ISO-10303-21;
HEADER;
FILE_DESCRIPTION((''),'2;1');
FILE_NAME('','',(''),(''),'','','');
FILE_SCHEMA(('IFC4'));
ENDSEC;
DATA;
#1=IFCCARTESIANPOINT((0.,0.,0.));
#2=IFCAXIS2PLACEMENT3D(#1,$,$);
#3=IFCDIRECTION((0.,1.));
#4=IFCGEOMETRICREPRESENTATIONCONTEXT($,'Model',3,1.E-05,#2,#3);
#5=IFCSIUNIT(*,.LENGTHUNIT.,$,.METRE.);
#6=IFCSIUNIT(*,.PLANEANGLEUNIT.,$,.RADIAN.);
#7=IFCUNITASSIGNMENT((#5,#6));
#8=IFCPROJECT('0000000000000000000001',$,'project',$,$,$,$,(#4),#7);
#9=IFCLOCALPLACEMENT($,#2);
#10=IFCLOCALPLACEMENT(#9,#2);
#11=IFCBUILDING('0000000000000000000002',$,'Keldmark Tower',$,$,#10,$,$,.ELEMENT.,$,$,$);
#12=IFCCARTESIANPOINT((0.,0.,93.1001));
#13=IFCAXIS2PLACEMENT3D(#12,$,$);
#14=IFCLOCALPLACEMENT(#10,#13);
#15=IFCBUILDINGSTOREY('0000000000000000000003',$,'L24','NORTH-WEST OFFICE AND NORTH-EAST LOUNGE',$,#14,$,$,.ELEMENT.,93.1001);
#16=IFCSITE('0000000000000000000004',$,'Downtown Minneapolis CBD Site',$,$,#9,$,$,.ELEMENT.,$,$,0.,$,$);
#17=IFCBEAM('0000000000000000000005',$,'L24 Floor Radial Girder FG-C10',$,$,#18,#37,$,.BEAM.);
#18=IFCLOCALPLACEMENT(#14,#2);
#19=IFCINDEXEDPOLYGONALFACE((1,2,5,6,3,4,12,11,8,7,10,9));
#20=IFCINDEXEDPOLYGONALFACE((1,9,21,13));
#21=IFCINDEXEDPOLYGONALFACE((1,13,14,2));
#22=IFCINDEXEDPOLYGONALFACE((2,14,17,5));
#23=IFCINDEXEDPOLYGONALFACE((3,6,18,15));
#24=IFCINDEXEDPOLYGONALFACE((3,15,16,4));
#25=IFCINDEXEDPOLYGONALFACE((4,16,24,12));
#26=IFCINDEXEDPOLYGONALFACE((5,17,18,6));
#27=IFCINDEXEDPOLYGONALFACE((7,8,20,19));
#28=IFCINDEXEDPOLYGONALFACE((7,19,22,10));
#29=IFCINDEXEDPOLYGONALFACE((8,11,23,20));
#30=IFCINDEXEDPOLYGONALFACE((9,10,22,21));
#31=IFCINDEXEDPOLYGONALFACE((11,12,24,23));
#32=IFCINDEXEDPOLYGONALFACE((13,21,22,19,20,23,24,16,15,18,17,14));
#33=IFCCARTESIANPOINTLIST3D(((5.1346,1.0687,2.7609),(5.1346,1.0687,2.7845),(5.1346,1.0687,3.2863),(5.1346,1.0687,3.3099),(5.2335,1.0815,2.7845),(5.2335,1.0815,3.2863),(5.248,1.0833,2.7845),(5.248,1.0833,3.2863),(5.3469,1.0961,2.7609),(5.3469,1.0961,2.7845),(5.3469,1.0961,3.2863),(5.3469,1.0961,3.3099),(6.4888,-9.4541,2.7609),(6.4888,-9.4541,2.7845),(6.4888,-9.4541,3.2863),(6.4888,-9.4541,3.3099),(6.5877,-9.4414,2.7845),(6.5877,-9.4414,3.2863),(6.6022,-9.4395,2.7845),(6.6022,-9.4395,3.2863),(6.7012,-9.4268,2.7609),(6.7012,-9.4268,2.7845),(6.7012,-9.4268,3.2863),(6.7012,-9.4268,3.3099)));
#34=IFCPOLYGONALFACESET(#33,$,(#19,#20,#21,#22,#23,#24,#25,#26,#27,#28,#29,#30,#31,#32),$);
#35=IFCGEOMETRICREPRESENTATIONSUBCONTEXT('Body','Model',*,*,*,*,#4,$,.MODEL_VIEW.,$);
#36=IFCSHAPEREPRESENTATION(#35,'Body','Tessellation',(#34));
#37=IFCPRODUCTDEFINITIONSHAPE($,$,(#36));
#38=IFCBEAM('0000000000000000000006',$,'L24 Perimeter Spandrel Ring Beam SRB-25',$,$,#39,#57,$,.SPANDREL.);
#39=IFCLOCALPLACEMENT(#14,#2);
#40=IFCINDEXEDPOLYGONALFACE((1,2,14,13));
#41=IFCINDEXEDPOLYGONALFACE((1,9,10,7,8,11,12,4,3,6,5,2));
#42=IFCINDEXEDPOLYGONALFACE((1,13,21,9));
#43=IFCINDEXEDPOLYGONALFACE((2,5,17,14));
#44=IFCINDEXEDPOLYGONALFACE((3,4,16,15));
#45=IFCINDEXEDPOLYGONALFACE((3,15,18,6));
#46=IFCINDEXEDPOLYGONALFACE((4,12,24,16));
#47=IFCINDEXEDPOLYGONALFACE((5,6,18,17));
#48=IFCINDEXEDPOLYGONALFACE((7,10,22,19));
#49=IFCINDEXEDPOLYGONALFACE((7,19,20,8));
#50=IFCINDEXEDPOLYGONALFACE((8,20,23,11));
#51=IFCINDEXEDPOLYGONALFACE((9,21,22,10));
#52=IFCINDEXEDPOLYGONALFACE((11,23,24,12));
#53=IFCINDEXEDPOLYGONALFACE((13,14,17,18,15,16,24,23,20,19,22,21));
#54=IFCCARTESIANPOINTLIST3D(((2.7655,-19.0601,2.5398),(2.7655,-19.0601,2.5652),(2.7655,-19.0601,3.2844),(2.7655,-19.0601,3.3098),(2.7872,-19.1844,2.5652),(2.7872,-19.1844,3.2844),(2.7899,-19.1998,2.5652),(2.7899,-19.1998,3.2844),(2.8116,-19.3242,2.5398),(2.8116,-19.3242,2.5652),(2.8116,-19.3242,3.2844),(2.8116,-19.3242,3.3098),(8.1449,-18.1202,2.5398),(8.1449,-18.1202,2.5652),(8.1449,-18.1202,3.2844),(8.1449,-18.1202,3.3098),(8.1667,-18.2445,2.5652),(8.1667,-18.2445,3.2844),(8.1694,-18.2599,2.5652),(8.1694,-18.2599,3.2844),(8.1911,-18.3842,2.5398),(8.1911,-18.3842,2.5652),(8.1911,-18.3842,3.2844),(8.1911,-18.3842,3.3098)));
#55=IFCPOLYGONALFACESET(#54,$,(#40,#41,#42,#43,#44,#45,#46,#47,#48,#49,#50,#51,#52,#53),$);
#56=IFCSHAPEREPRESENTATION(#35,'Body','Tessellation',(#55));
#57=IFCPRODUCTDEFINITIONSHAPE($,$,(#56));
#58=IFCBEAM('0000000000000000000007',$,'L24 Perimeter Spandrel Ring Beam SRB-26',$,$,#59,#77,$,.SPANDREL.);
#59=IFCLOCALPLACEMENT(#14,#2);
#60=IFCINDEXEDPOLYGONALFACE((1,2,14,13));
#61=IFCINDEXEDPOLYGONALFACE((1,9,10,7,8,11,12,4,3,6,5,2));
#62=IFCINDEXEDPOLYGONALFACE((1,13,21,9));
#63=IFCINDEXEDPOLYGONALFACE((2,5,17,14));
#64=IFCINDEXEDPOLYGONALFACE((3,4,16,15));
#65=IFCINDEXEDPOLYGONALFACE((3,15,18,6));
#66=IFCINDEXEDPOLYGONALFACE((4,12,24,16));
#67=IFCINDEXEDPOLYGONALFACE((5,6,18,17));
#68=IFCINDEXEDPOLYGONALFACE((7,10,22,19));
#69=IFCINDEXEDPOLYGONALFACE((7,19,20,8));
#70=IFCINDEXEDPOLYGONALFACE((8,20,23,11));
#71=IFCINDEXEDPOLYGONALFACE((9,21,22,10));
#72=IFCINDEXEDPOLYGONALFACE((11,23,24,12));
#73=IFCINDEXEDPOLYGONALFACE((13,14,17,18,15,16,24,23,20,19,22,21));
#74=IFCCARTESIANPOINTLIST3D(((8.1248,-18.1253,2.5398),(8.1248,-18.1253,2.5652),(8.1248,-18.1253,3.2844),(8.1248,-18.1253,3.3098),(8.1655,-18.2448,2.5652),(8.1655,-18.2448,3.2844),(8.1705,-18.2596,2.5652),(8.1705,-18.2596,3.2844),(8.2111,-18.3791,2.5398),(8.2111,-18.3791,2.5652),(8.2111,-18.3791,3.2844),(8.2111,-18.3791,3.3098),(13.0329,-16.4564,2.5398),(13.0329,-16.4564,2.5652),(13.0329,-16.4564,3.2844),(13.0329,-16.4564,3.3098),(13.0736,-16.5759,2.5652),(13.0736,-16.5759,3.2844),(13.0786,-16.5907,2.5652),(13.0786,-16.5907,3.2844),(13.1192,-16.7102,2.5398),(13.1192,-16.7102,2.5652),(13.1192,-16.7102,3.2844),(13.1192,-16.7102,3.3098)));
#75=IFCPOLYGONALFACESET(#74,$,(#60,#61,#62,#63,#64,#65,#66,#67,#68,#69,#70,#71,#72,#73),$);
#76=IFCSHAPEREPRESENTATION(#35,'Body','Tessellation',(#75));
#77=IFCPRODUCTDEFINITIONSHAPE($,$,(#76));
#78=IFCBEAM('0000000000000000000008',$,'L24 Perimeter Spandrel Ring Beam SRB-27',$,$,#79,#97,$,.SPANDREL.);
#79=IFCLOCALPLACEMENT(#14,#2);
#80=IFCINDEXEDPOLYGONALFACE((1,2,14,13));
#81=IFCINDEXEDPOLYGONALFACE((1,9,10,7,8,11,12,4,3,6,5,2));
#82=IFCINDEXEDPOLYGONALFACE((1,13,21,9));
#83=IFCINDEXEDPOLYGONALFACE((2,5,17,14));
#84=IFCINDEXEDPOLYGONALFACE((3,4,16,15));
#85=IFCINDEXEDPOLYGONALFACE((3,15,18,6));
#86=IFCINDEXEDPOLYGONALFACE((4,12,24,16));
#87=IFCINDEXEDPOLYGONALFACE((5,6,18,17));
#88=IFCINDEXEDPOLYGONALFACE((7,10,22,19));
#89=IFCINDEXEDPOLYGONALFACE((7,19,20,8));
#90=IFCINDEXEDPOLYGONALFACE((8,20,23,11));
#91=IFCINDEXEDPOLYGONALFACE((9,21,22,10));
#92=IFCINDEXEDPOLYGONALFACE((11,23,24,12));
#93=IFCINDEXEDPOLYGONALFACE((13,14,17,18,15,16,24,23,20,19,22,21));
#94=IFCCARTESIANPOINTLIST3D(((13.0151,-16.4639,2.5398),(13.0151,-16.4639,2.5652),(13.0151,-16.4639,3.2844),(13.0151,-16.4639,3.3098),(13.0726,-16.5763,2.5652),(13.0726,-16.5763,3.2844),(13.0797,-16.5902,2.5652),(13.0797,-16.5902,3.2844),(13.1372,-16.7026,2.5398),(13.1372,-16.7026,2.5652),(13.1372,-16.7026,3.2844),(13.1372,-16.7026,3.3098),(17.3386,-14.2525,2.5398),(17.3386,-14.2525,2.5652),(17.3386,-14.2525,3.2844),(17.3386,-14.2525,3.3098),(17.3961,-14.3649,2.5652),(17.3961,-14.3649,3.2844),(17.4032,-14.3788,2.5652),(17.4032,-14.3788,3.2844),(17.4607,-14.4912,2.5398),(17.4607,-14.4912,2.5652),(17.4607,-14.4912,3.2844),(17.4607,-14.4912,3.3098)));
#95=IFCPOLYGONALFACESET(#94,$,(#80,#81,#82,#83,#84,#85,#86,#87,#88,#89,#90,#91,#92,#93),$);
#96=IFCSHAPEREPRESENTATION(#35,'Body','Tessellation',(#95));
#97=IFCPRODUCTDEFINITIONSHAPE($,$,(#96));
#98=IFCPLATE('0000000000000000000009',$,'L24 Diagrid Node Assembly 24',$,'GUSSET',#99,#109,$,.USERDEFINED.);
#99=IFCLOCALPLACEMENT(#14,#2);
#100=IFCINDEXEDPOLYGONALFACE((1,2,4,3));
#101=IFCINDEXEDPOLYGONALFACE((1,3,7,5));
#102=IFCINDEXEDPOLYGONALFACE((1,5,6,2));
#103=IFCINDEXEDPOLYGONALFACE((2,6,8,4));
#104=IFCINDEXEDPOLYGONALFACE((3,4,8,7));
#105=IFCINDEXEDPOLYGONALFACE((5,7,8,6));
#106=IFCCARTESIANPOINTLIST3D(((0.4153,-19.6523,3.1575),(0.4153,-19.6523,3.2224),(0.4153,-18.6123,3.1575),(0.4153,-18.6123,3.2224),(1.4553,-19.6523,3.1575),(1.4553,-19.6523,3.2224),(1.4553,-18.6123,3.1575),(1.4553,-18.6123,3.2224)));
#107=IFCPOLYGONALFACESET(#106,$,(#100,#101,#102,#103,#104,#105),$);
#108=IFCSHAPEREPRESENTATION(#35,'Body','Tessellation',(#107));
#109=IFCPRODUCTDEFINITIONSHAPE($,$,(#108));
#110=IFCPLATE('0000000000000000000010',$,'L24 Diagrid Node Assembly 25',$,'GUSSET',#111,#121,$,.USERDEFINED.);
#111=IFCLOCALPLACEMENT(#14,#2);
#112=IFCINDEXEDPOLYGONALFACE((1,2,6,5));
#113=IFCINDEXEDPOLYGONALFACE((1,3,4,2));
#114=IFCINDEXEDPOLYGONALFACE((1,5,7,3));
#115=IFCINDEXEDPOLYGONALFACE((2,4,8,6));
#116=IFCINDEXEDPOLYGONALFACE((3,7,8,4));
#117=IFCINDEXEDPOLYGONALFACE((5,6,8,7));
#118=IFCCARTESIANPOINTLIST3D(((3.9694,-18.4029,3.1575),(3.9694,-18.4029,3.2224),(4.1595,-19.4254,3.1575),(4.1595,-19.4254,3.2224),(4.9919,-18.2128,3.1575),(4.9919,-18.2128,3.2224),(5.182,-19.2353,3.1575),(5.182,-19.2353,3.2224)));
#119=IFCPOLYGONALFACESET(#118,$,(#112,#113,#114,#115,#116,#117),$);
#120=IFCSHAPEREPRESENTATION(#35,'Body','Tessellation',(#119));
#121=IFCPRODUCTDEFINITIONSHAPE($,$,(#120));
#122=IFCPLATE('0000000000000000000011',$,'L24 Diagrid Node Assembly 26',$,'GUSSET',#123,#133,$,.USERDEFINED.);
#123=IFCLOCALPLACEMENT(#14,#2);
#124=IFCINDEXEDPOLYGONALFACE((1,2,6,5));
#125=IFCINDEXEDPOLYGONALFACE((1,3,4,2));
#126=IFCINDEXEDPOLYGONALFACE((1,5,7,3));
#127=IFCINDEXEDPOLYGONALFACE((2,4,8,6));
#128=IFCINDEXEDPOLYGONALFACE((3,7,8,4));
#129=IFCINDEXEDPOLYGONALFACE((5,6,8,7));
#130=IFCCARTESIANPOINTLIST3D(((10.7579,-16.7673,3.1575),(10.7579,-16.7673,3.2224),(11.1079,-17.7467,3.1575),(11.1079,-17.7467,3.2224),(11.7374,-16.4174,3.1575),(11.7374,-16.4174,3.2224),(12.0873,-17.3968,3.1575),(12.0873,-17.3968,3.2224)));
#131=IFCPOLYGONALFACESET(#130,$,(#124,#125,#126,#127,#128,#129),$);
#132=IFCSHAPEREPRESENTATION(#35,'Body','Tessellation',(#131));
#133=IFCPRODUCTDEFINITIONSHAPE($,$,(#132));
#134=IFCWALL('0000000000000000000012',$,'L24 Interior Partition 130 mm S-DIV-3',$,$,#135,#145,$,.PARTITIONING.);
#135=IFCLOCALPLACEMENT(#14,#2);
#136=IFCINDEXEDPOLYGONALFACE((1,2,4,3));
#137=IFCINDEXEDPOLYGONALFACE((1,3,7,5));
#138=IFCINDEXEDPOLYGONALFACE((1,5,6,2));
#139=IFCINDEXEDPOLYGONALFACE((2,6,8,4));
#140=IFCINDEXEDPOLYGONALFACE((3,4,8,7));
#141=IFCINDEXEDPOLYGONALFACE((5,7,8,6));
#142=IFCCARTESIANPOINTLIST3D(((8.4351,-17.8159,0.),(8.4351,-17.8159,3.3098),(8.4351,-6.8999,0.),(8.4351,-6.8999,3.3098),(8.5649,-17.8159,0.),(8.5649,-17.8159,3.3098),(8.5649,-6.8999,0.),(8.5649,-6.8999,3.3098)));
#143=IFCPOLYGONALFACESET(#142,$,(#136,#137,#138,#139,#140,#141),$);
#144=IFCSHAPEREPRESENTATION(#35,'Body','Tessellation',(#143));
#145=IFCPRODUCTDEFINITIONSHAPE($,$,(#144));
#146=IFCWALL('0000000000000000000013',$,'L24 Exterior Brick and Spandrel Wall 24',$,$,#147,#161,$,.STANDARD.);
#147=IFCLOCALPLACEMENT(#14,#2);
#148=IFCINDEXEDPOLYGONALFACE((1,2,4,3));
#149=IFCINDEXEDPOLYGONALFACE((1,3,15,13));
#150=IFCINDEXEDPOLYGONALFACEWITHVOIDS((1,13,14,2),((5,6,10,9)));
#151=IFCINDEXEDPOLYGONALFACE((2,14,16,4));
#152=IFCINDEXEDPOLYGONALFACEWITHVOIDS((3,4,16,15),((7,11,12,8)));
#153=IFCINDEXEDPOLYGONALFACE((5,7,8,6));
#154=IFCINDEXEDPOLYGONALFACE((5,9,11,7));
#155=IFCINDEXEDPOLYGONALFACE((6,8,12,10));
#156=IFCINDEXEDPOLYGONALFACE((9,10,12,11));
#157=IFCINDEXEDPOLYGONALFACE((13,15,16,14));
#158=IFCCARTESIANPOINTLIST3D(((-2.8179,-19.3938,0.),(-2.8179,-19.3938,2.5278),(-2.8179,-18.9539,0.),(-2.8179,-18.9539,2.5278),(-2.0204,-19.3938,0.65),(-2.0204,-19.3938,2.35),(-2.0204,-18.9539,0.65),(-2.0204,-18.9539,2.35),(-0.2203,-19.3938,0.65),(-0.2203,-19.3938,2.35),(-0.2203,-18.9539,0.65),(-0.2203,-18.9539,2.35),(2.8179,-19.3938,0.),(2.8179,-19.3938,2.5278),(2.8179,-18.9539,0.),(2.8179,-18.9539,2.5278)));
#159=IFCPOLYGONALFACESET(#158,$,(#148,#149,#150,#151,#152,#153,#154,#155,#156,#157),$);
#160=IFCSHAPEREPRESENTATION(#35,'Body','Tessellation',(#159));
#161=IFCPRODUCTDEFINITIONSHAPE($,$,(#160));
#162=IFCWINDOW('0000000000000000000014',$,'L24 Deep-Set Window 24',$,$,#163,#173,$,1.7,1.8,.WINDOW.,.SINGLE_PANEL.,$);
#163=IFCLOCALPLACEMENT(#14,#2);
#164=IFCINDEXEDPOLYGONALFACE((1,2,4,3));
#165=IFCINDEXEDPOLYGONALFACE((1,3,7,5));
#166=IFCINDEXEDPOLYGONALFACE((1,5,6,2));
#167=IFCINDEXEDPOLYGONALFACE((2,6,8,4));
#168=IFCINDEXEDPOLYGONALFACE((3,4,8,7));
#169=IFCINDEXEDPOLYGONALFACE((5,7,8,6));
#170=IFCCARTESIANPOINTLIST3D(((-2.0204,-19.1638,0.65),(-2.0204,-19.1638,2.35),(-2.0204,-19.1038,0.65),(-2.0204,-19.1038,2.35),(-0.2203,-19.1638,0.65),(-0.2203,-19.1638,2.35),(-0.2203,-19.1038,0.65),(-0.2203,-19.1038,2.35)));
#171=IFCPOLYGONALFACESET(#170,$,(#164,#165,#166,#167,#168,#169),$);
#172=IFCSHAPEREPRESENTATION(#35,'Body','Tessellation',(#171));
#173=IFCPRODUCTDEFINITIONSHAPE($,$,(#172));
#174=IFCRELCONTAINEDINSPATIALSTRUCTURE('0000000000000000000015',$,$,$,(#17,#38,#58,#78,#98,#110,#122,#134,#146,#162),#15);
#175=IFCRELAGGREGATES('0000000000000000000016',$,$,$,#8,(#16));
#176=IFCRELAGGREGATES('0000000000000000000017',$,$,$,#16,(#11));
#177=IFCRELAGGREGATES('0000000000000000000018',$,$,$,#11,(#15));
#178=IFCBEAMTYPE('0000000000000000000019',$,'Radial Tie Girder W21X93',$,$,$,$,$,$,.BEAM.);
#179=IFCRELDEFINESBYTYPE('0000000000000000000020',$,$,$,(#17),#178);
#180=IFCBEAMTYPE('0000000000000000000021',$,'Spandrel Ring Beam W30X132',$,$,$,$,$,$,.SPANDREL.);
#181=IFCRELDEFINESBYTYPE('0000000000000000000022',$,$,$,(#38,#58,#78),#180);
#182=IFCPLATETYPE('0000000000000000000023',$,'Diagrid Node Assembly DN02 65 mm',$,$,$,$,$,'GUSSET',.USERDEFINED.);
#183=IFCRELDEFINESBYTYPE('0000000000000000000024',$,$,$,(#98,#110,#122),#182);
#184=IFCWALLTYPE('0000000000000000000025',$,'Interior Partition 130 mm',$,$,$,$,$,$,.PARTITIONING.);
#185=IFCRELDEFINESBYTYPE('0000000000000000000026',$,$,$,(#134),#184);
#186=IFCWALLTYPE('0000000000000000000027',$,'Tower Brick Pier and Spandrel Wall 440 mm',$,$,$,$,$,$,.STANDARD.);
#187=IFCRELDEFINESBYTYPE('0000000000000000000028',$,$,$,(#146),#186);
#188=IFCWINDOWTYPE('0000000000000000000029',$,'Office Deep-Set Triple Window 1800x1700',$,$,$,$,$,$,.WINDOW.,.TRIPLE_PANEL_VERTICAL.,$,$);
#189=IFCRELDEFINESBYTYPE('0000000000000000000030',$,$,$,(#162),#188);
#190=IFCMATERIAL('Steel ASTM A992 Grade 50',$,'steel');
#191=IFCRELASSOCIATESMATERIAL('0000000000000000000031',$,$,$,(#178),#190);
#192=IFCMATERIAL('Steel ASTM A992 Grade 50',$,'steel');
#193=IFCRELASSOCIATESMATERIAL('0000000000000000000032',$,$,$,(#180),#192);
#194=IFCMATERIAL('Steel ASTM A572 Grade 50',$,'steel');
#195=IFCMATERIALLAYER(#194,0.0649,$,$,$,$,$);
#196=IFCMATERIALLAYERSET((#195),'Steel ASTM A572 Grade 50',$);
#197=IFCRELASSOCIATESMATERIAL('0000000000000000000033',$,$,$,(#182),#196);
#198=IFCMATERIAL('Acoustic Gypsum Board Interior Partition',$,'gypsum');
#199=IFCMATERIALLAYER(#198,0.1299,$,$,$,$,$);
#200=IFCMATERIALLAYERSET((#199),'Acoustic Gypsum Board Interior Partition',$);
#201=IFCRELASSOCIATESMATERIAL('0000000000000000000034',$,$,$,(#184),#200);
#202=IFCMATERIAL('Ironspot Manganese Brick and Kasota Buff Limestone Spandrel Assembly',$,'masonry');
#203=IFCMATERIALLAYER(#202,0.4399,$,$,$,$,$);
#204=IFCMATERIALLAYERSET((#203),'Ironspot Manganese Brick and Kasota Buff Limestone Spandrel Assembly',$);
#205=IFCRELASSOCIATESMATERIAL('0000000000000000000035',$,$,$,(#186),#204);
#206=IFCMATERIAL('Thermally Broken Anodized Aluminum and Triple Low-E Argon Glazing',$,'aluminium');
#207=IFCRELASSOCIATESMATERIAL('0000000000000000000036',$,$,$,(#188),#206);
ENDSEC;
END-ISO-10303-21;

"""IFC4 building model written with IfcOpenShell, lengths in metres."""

from ifc_helpers import new_model, si_unit, direction, frame, frame_2d, origin, origin_2d, place, context, subcontext, project, spatial, rectangle, i_section, extrude, material, layer, layer_set, material_profile, profile_set, type_object, element, fill, save


model = new_model("IFC4")

# Units and contexts
model_context = context("Model", 3, precision=1e-05, world=origin(), true_north=direction((0.0, 1.0)))
body_context = subcontext(model_context, "Body", "Model", "MODEL_VIEW")
ifc_project = project(units=[si_unit("LENGTHUNIT", "METRE"), si_unit("PLANEANGLEUNIT", "RADIAN")], contexts=[model_context])

# Site, building, storey
site_placement = place(None, origin())
site = spatial("IfcSite", under=ifc_project, at=site_placement, Name="Downtown Minneapolis CBD Site", CompositionType="ELEMENT", RefElevation=0.0)
building_placement = place(site_placement, origin())
building = spatial("IfcBuilding", under=site, at=building_placement, Name="Keldmark Tower", CompositionType="ELEMENT")
storey_placement = place(building_placement, frame((0.0, 0.0, 93.1001)))
storey = spatial("IfcBuildingStorey", under=building, at=storey_placement, Name="L24", Description="NORTH-WEST OFFICE AND NORTH-EAST LOUNGE", CompositionType="ELEMENT", Elevation=93.1001)

# Beams
ifc_material_1 = material(Name="Steel ASTM A992 Grade 50", Category="steel")
ifc_material_profile_1 = material_profile(ifc_material_1, i_section(OverallWidth=0.2141, OverallDepth=0.5491, WebThickness=0.0146, FlangeThickness=0.0237, at=origin_2d()), Name="W21X93")
ifc_profile_set_1 = profile_set([ifc_material_profile_1], Name="Steel ASTM A992 Grade 50")
beam_type_1 = type_object("IfcBeamType", Name="Radial Tie Girder W21X93", PredefinedType="BEAM", material=ifc_profile_set_1)
beam_1_placement = place(storey_placement, frame((6.595, -9.4404, 3.0354), z_axis=(-0.127642, 0.99182, 0.0), x_axis=(-0.99182, -0.127642, 0.0)))
element("IfcBeam", 1, at=beam_1_placement, inside=storey, type_object=beam_type_1, Name="L24 Floor Radial Girder FG-C10", PredefinedType="BEAM", context=body_context, shape_type="SweptSolid", body=[
    extrude(i_section(OverallWidth=0.2141, OverallDepth=0.5491, WebThickness=0.0146, FlangeThickness=0.0237, at=origin_2d()), origin(), (0.0, 0.0, 1.0), 10.6096),
])
ifc_material_2 = material(Name="Steel ASTM A992 Grade 50", Category="steel")
ifc_material_profile_2 = material_profile(ifc_material_2, i_section(OverallWidth=0.2681, OverallDepth=0.77, WebThickness=0.0156, FlangeThickness=0.0254, at=origin_2d()), Name="W30X132")
ifc_profile_set_2 = profile_set([ifc_material_profile_2], Name="Steel ASTM A992 Grade 50")
beam_type_2 = type_object("IfcBeamType", Name="Spandrel Ring Beam W30X132", PredefinedType="SPANDREL", material=ifc_profile_set_2)
beam_2_placement = place(storey_placement, frame((2.7886, -19.1921, 2.9248), z_axis=(0.985076, 0.172122, 0.0), x_axis=(-0.172122, 0.985076, 0.0)))
element("IfcBeam", 2, at=beam_2_placement, inside=storey, type_object=beam_type_2, Name="L24 Perimeter Spandrel Ring Beam SRB-25", PredefinedType="SPANDREL", context=body_context, shape_type="SweptSolid", body=[
    extrude(i_section(OverallWidth=0.2681, OverallDepth=0.77, WebThickness=0.0156, FlangeThickness=0.0254, at=origin_2d()), origin(), (0.0, 0.0, 1.0), 5.4609),
])
beam_3_placement = place(storey_placement, frame((8.168, -18.2522, 2.9248), z_axis=(0.946764, 0.32193, 0.0), x_axis=(-0.32193, 0.946764, 0.0)))
element("IfcBeam", 3, at=beam_3_placement, inside=storey, type_object=beam_type_2, Name="L24 Perimeter Spandrel Ring Beam SRB-26", PredefinedType="SPANDREL", context=body_context, shape_type="SweptSolid", body=[
    extrude(i_section(OverallWidth=0.2681, OverallDepth=0.77, WebThickness=0.0156, FlangeThickness=0.0254, at=origin_2d()), origin(), (0.0, 0.0, 1.0), 5.1841),
])
beam_4_placement = place(storey_placement, frame((13.0762, -16.5833, 2.9248), z_axis=(0.890297, 0.455379, 0.0), x_axis=(-0.455379, 0.890297, 0.0)))
element("IfcBeam", 4, at=beam_4_placement, inside=storey, type_object=beam_type_2, Name="L24 Perimeter Spandrel Ring Beam SRB-27", PredefinedType="SPANDREL", context=body_context, shape_type="SweptSolid", body=[
    extrude(i_section(OverallWidth=0.2681, OverallDepth=0.77, WebThickness=0.0156, FlangeThickness=0.0254, at=origin_2d()), origin(), (0.0, 0.0, 1.0), 4.8562),
])

# Plates
ifc_material_3 = material(Name="Steel ASTM A572 Grade 50", Category="steel")
ifc_layer_1 = layer(ifc_material_3, 0.0649)
ifc_layer_set_1 = layer_set([ifc_layer_1], Name="Steel ASTM A572 Grade 50")
plate_type = type_object("IfcPlateType", Name="Diagrid Node Assembly DN02 65 mm", ElementType="GUSSET", PredefinedType="USERDEFINED", material=ifc_layer_set_1)
for number, where, z_axis, x_axis, name in (
    (5, (0.9353, -19.1323, 3.1575), (0.0, 0.0, 1.0), (1.0, 0.0, 0.0), "L24 Diagrid Node Assembly 24"),
    (6, (4.5757, -18.8191, 3.1575), (0.0, 0.0, 1.0), (0.983159, 0.18275, 0.0), "L24 Diagrid Node Assembly 25"),
    (7, (11.4226, -17.082, 3.1575), (0.0, 0.0, 1.0), (0.941706, 0.336438, 0.0), "L24 Diagrid Node Assembly 26"),
):
    element("IfcPlate", number, at=place(storey_placement, frame(where, z_axis=z_axis, x_axis=x_axis)), inside=storey, type_object=plate_type, Name=name, ObjectType="GUSSET", PredefinedType="USERDEFINED", context=body_context, shape_type="SweptSolid", body=[
        extrude(rectangle(XDim=1.04, YDim=1.04, at=origin_2d()), origin(), (0.0, 0.0, 1.0), 0.0649),
    ])

# Wall
ifc_material_4 = material(Name="Acoustic Gypsum Board Interior Partition", Category="gypsum")
ifc_layer_2 = layer(ifc_material_4, 0.1299)
ifc_layer_set_2 = layer_set([ifc_layer_2], Name="Acoustic Gypsum Board Interior Partition")
wall_type_1 = type_object("IfcWallType", Name="Interior Partition 130 mm", PredefinedType="PARTITIONING", material=ifc_layer_set_2)
wall_1_placement = place(storey_placement, frame((8.5, -17.8159, 0.0), z_axis=(0.0, 0.0, 1.0), x_axis=(0.0, 1.0, 0.0)))
element("IfcWall", 8, at=wall_1_placement, inside=storey, type_object=wall_type_1, Name="L24 Interior Partition 130 mm S-DIV-3", PredefinedType="PARTITIONING", context=body_context, shape_type="SweptSolid", body=[
    extrude(rectangle(XDim=10.916, YDim=0.1299, at=frame_2d((5.458, 0.0))), origin(), (0.0, 0.0, 1.0), 3.3098),
])

# Wall, opening, window
ifc_material_5 = material(Name="Ironspot Manganese Brick and Kasota Buff Limestone Spandrel Assembly", Category="masonry")
ifc_layer_3 = layer(ifc_material_5, 0.4399)
ifc_layer_set_3 = layer_set([ifc_layer_3], Name="Ironspot Manganese Brick and Kasota Buff Limestone Spandrel Assembly")
wall_type_2 = type_object("IfcWallType", Name="Tower Brick Pier and Spandrel Wall 440 mm", PredefinedType="STANDARD", material=ifc_layer_set_3)
wall_2_placement = place(storey_placement, frame((2.8179, -19.1738, 0.0), z_axis=(0.0, 0.0, 1.0), x_axis=(-1.0, 0.0, 0.0)))
wall_2 = element("IfcWall", 9, at=wall_2_placement, inside=storey, type_object=wall_type_2, Name="L24 Exterior Brick and Spandrel Wall 24", PredefinedType="STANDARD", context=body_context, shape_type="SweptSolid", body=[
    extrude(rectangle(XDim=5.6357, YDim=0.4399, at=frame_2d((2.8179, 0.0))), origin(), (0.0, 0.0, 1.0), 2.5278),
])
opening_1_placement = place(wall_2_placement, frame((3.0383, 0.0, 0.6499)))
opening_1 = element("IfcOpeningElement", 10, at=opening_1_placement, cuts=wall_2, PredefinedType="OPENING", context=body_context, shape_type="SweptSolid", body=[
    extrude(rectangle(XDim=1.8, YDim=1.7, at=frame_2d((0.8999, 0.8501))), frame((0.0, 0.23, 0.0), z_axis=(0.0, -1.0, 0.0), x_axis=(1.0, 0.0, 0.0)), (0.0, 0.0, 1.0), 0.46),
])
ifc_material_6 = material(Name="Thermally Broken Anodized Aluminum and Triple Low-E Argon Glazing", Category="aluminium")
window_type = type_object("IfcWindowType", Name="Office Deep-Set Triple Window 1800x1700", PartitioningType="TRIPLE_PANEL_VERTICAL", PredefinedType="WINDOW", material=ifc_material_6)
window_1_placement = place(opening_1_placement, origin())
window_1 = element("IfcWindow", 11, at=window_1_placement, inside=storey, type_object=window_type, Name="L24 Deep-Set Window 24", OverallHeight=1.7, OverallWidth=1.8, PartitioningType="SINGLE_PANEL", PredefinedType="WINDOW", context=body_context, shape_type="SweptSolid", body=[
    extrude(rectangle(XDim=1.8, YDim=1.7, at=frame_2d((0.8999, 0.8501))), frame((0.0, -0.01, 0.0), z_axis=(0.0, -1.0, 0.0), x_axis=(1.0, 0.0, 0.0)), (0.0, 0.0, 1.0), 0.0601),
])
fill(opening_1, window_1)

save(model, "model.ifc")
